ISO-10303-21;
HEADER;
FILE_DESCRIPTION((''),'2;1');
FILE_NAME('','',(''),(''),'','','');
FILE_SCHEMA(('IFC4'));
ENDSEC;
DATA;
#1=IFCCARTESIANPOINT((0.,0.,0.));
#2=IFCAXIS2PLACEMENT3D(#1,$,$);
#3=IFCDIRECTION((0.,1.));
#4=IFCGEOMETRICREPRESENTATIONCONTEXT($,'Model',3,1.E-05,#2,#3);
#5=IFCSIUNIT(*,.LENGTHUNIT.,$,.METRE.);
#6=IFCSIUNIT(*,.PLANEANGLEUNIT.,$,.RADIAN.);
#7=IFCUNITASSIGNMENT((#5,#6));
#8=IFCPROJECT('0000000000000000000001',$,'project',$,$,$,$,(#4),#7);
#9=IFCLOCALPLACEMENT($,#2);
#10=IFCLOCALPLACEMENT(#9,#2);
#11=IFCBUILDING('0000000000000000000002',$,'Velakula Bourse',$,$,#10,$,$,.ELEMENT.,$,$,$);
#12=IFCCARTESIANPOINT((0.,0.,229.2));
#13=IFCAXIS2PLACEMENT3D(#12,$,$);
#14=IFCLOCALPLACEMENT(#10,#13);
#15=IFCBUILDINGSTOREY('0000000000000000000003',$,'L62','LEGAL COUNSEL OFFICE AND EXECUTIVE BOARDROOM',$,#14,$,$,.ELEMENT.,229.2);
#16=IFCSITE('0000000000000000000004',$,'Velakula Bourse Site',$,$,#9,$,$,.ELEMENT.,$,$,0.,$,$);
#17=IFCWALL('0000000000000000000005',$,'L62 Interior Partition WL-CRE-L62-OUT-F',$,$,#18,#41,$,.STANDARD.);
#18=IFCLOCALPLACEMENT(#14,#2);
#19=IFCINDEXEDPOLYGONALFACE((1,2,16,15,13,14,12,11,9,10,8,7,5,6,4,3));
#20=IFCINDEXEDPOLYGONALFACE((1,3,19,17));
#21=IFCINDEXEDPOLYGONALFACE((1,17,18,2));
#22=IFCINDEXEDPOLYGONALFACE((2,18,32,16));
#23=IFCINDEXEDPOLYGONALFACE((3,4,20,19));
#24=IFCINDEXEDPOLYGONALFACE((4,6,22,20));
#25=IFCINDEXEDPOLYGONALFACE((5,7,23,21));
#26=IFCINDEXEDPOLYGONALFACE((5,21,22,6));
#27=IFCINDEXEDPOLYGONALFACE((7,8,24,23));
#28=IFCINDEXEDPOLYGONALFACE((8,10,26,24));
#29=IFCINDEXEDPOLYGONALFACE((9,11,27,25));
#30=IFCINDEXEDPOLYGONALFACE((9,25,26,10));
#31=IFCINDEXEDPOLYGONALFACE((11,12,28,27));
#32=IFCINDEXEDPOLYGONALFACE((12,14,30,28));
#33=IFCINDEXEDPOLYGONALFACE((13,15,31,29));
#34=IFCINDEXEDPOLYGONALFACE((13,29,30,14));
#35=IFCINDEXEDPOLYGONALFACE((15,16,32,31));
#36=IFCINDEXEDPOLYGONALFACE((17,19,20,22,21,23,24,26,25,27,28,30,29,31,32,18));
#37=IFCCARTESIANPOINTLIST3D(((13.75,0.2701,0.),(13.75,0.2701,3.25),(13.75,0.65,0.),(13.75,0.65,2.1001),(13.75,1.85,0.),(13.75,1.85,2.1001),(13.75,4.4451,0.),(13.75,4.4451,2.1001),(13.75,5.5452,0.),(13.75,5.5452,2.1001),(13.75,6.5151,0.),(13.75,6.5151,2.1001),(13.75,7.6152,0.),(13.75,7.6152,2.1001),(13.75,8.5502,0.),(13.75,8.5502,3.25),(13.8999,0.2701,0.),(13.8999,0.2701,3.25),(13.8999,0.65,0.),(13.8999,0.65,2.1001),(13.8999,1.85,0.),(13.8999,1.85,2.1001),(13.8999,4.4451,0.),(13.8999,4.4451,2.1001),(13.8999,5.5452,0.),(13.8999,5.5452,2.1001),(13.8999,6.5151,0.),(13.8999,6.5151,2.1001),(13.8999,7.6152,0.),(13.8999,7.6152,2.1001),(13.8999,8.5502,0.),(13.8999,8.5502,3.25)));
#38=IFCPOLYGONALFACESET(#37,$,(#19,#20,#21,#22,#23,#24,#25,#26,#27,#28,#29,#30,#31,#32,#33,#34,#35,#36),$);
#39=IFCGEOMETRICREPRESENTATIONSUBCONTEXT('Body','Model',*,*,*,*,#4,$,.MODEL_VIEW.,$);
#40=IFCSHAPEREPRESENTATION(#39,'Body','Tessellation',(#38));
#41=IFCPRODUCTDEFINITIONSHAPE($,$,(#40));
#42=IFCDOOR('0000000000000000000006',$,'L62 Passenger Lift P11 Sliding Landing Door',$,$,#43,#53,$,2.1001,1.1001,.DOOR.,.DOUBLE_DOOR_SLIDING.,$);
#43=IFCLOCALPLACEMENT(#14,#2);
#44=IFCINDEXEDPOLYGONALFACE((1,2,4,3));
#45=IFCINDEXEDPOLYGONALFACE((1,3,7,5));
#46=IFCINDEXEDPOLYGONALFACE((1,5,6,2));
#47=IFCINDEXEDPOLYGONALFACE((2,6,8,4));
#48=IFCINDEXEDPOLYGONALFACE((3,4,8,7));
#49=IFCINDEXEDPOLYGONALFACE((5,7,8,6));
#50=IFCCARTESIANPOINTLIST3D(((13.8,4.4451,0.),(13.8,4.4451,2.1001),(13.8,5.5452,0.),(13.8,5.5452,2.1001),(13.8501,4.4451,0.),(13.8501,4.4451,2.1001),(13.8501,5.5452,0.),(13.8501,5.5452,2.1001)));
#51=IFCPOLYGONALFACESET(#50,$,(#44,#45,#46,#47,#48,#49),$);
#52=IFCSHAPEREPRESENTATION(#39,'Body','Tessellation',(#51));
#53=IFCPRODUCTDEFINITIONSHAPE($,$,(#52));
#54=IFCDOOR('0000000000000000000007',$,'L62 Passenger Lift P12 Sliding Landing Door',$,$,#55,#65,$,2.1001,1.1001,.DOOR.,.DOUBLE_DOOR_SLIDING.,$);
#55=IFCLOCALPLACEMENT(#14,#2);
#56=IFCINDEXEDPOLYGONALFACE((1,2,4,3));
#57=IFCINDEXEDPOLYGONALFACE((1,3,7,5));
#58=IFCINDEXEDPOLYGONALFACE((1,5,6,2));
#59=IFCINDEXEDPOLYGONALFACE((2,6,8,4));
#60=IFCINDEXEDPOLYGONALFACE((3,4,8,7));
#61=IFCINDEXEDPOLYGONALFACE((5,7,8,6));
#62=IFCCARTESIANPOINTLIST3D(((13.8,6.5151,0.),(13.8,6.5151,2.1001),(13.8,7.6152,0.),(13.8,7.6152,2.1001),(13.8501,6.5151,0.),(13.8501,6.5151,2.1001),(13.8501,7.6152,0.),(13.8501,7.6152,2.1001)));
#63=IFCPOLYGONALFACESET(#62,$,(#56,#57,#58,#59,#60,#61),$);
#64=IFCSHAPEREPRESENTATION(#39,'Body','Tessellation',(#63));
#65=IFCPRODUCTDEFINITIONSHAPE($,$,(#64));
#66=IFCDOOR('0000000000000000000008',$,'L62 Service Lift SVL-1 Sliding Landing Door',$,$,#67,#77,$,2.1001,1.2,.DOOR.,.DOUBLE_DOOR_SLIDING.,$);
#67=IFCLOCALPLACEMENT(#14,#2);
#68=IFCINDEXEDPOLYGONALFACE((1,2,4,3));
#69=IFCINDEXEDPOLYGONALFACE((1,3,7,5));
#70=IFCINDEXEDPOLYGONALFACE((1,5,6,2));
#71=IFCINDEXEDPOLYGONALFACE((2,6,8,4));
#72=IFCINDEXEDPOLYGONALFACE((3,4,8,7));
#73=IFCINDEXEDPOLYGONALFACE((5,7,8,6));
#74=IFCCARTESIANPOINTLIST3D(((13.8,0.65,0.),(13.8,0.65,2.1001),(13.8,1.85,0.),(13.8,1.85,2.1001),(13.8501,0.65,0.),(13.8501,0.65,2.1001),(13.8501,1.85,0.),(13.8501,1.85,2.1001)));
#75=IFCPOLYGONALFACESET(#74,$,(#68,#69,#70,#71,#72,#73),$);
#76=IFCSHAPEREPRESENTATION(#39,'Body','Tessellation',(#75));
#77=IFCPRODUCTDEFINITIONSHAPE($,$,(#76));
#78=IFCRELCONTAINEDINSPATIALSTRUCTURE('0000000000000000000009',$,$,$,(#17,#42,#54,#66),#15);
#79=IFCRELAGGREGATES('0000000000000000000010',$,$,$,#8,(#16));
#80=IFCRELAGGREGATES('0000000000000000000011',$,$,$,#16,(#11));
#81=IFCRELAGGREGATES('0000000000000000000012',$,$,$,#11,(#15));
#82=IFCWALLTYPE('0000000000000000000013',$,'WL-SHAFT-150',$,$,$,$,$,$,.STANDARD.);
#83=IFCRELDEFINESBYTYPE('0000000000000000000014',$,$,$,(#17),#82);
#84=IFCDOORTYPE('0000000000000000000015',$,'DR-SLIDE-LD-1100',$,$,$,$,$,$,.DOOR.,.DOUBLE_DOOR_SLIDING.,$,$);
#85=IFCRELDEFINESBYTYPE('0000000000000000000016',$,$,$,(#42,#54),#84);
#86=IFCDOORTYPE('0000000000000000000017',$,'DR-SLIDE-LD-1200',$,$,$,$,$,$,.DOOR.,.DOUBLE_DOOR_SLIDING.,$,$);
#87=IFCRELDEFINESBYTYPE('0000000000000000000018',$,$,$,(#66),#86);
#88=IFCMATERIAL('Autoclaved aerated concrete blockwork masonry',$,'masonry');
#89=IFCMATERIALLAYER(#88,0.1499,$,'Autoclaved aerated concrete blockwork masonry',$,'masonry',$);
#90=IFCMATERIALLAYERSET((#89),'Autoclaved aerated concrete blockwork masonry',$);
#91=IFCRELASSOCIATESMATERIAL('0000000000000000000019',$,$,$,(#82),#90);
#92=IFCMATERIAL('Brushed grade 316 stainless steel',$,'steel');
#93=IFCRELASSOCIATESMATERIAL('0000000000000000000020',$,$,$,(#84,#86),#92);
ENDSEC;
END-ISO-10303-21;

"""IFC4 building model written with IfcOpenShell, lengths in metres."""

from ifc_helpers import new_model, si_unit, direction, frame, frame_2d, origin, place, context, subcontext, project, spatial, rectangle, extrude, material, layer, layer_set, type_object, element, fill, save


model = new_model("IFC4")

# Units and contexts
model_context = context("Model", 3, precision=1e-05, world=origin(), true_north=direction((0.0, 1.0)))
body_context = subcontext(model_context, "Body", "Model", "MODEL_VIEW")
ifc_project = project(units=[si_unit("LENGTHUNIT", "METRE"), si_unit("PLANEANGLEUNIT", "RADIAN")], contexts=[model_context])

# Site, building, storey
site_placement = place(None, origin())
site = spatial("IfcSite", under=ifc_project, at=site_placement, Name="Velakula Bourse Site", CompositionType="ELEMENT", RefElevation=0.0)
building_placement = place(site_placement, origin())
building = spatial("IfcBuilding", under=site, at=building_placement, Name="Velakula Bourse", CompositionType="ELEMENT")
storey_placement = place(building_placement, frame((0.0, 0.0, 229.2)))
storey = spatial("IfcBuildingStorey", under=building, at=storey_placement, Name="L62", Description="LEGAL COUNSEL OFFICE AND EXECUTIVE BOARDROOM", CompositionType="ELEMENT", Elevation=229.2)

# Shared definitions
ifc_material_1 = material(Name="Autoclaved aerated concrete blockwork masonry", Category="masonry")
ifc_layer_1 = layer(ifc_material_1, 0.1499, Name="Autoclaved aerated concrete blockwork masonry", Category="masonry")
ifc_layer_set_1 = layer_set([ifc_layer_1], Name="Autoclaved aerated concrete blockwork masonry")
wall_type_1 = type_object("IfcWallType", Name="WL-SHAFT-150", PredefinedType="STANDARD", material=ifc_layer_set_1)

# Wall, openings, doors
wall_1_placement = place(storey_placement, frame((13.825, 0.27, 0.0), z_axis=(0.0, 0.0, 1.0), x_axis=(0.0, 1.0, 0.0)))
wall_1 = element("IfcWall", 1, at=wall_1_placement, inside=storey, type_object=wall_type_1, Name="L62 Interior Partition WL-CRE-L62-OUT-F", PredefinedType="STANDARD", context=body_context, shape_type="SweptSolid", body=[
    extrude(rectangle(XDim=8.28, YDim=0.1499, at=frame_2d((4.1401, 0.0))), origin(), (0.0, 0.0, 1.0), 3.25),
])
opening_1_placement = place(wall_1_placement, frame((4.175, 0.0, 0.0)))
opening_1 = element("IfcOpeningElement", 2, at=opening_1_placement, cuts=wall_1, PredefinedType="OPENING", context=body_context, shape_type="SweptSolid", body=[
    extrude(rectangle(XDim=1.1001, YDim=2.1001, at=frame_2d((0.55, 1.05))), frame((0.0, 0.085, 0.0), z_axis=(0.0, -1.0, 0.0), x_axis=(1.0, 0.0, 0.0)), (0.0, 0.0, 1.0), 0.1699),
])
opening_2_placement = place(wall_1_placement, frame((6.2451, 0.0, 0.0)))
opening_2 = element("IfcOpeningElement", 3, at=opening_2_placement, cuts=wall_1, PredefinedType="OPENING", context=body_context, shape_type="SweptSolid", body=[
    extrude(rectangle(XDim=1.1001, YDim=2.1001, at=frame_2d((0.55, 1.05))), frame((0.0, 0.085, 0.0), z_axis=(0.0, -1.0, 0.0), x_axis=(1.0, 0.0, 0.0)), (0.0, 0.0, 1.0), 0.1699),
])
opening_3_placement = place(wall_1_placement, frame((0.3799, 0.0, 0.0)))
opening_3 = element("IfcOpeningElement", 4, at=opening_3_placement, cuts=wall_1, PredefinedType="OPENING", context=body_context, shape_type="SweptSolid", body=[
    extrude(rectangle(XDim=1.2, YDim=2.1001, at=frame_2d((0.6001, 1.05))), frame((0.0, 0.085, 0.0), z_axis=(0.0, -1.0, 0.0), x_axis=(1.0, 0.0, 0.0)), (0.0, 0.0, 1.0), 0.1699),
])
ifc_material_2 = material(Name="Brushed grade 316 stainless steel", Category="steel")
door_type_1 = type_object("IfcDoorType", Name="DR-SLIDE-LD-1100", OperationType="DOUBLE_DOOR_SLIDING", PredefinedType="DOOR", material=ifc_material_2)
door_1_placement = place(opening_1_placement, origin())
door_1 = element("IfcDoor", 5, at=door_1_placement, inside=storey, type_object=door_type_1, Name="L62 Passenger Lift P11 Sliding Landing Door", OperationType="DOUBLE_DOOR_SLIDING", OverallHeight=2.1001, OverallWidth=1.1001, PredefinedType="DOOR", context=body_context, shape_type="SweptSolid", body=[
    extrude(rectangle(XDim=1.1001, YDim=2.1001, at=frame_2d((0.55, 1.05))), frame((0.0, 0.0249, 0.0), z_axis=(0.0, -1.0, 0.0), x_axis=(1.0, 0.0, 0.0)), (0.0, 0.0, 1.0), 0.05),
])
fill(opening_1, door_1)
door_2_placement = place(opening_2_placement, origin())
door_2 = element("IfcDoor", 6, at=door_2_placement, inside=storey, type_object=door_type_1, Name="L62 Passenger Lift P12 Sliding Landing Door", OperationType="DOUBLE_DOOR_SLIDING", OverallHeight=2.1001, OverallWidth=1.1001, PredefinedType="DOOR", context=body_context, shape_type="SweptSolid", body=[
    extrude(rectangle(XDim=1.1001, YDim=2.1001, at=frame_2d((0.55, 1.05))), frame((0.0, 0.0249, 0.0), z_axis=(0.0, -1.0, 0.0), x_axis=(1.0, 0.0, 0.0)), (0.0, 0.0, 1.0), 0.05),
])
fill(opening_2, door_2)
door_type_2 = type_object("IfcDoorType", Name="DR-SLIDE-LD-1200", OperationType="DOUBLE_DOOR_SLIDING", PredefinedType="DOOR", material=ifc_material_2)
door_3_placement = place(opening_3_placement, origin())
door_3 = element("IfcDoor", 7, at=door_3_placement, inside=storey, type_object=door_type_2, Name="L62 Service Lift SVL-1 Sliding Landing Door", OperationType="DOUBLE_DOOR_SLIDING", OverallHeight=2.1001, OverallWidth=1.2, PredefinedType="DOOR", context=body_context, shape_type="SweptSolid", body=[
    extrude(rectangle(XDim=1.2, YDim=2.1001, at=frame_2d((0.6001, 1.05))), frame((0.0, 0.0249, 0.0), z_axis=(0.0, -1.0, 0.0), x_axis=(1.0, 0.0, 0.0)), (0.0, 0.0, 1.0), 0.05),
])
fill(opening_3, door_3)

save(model, "model.ifc")
